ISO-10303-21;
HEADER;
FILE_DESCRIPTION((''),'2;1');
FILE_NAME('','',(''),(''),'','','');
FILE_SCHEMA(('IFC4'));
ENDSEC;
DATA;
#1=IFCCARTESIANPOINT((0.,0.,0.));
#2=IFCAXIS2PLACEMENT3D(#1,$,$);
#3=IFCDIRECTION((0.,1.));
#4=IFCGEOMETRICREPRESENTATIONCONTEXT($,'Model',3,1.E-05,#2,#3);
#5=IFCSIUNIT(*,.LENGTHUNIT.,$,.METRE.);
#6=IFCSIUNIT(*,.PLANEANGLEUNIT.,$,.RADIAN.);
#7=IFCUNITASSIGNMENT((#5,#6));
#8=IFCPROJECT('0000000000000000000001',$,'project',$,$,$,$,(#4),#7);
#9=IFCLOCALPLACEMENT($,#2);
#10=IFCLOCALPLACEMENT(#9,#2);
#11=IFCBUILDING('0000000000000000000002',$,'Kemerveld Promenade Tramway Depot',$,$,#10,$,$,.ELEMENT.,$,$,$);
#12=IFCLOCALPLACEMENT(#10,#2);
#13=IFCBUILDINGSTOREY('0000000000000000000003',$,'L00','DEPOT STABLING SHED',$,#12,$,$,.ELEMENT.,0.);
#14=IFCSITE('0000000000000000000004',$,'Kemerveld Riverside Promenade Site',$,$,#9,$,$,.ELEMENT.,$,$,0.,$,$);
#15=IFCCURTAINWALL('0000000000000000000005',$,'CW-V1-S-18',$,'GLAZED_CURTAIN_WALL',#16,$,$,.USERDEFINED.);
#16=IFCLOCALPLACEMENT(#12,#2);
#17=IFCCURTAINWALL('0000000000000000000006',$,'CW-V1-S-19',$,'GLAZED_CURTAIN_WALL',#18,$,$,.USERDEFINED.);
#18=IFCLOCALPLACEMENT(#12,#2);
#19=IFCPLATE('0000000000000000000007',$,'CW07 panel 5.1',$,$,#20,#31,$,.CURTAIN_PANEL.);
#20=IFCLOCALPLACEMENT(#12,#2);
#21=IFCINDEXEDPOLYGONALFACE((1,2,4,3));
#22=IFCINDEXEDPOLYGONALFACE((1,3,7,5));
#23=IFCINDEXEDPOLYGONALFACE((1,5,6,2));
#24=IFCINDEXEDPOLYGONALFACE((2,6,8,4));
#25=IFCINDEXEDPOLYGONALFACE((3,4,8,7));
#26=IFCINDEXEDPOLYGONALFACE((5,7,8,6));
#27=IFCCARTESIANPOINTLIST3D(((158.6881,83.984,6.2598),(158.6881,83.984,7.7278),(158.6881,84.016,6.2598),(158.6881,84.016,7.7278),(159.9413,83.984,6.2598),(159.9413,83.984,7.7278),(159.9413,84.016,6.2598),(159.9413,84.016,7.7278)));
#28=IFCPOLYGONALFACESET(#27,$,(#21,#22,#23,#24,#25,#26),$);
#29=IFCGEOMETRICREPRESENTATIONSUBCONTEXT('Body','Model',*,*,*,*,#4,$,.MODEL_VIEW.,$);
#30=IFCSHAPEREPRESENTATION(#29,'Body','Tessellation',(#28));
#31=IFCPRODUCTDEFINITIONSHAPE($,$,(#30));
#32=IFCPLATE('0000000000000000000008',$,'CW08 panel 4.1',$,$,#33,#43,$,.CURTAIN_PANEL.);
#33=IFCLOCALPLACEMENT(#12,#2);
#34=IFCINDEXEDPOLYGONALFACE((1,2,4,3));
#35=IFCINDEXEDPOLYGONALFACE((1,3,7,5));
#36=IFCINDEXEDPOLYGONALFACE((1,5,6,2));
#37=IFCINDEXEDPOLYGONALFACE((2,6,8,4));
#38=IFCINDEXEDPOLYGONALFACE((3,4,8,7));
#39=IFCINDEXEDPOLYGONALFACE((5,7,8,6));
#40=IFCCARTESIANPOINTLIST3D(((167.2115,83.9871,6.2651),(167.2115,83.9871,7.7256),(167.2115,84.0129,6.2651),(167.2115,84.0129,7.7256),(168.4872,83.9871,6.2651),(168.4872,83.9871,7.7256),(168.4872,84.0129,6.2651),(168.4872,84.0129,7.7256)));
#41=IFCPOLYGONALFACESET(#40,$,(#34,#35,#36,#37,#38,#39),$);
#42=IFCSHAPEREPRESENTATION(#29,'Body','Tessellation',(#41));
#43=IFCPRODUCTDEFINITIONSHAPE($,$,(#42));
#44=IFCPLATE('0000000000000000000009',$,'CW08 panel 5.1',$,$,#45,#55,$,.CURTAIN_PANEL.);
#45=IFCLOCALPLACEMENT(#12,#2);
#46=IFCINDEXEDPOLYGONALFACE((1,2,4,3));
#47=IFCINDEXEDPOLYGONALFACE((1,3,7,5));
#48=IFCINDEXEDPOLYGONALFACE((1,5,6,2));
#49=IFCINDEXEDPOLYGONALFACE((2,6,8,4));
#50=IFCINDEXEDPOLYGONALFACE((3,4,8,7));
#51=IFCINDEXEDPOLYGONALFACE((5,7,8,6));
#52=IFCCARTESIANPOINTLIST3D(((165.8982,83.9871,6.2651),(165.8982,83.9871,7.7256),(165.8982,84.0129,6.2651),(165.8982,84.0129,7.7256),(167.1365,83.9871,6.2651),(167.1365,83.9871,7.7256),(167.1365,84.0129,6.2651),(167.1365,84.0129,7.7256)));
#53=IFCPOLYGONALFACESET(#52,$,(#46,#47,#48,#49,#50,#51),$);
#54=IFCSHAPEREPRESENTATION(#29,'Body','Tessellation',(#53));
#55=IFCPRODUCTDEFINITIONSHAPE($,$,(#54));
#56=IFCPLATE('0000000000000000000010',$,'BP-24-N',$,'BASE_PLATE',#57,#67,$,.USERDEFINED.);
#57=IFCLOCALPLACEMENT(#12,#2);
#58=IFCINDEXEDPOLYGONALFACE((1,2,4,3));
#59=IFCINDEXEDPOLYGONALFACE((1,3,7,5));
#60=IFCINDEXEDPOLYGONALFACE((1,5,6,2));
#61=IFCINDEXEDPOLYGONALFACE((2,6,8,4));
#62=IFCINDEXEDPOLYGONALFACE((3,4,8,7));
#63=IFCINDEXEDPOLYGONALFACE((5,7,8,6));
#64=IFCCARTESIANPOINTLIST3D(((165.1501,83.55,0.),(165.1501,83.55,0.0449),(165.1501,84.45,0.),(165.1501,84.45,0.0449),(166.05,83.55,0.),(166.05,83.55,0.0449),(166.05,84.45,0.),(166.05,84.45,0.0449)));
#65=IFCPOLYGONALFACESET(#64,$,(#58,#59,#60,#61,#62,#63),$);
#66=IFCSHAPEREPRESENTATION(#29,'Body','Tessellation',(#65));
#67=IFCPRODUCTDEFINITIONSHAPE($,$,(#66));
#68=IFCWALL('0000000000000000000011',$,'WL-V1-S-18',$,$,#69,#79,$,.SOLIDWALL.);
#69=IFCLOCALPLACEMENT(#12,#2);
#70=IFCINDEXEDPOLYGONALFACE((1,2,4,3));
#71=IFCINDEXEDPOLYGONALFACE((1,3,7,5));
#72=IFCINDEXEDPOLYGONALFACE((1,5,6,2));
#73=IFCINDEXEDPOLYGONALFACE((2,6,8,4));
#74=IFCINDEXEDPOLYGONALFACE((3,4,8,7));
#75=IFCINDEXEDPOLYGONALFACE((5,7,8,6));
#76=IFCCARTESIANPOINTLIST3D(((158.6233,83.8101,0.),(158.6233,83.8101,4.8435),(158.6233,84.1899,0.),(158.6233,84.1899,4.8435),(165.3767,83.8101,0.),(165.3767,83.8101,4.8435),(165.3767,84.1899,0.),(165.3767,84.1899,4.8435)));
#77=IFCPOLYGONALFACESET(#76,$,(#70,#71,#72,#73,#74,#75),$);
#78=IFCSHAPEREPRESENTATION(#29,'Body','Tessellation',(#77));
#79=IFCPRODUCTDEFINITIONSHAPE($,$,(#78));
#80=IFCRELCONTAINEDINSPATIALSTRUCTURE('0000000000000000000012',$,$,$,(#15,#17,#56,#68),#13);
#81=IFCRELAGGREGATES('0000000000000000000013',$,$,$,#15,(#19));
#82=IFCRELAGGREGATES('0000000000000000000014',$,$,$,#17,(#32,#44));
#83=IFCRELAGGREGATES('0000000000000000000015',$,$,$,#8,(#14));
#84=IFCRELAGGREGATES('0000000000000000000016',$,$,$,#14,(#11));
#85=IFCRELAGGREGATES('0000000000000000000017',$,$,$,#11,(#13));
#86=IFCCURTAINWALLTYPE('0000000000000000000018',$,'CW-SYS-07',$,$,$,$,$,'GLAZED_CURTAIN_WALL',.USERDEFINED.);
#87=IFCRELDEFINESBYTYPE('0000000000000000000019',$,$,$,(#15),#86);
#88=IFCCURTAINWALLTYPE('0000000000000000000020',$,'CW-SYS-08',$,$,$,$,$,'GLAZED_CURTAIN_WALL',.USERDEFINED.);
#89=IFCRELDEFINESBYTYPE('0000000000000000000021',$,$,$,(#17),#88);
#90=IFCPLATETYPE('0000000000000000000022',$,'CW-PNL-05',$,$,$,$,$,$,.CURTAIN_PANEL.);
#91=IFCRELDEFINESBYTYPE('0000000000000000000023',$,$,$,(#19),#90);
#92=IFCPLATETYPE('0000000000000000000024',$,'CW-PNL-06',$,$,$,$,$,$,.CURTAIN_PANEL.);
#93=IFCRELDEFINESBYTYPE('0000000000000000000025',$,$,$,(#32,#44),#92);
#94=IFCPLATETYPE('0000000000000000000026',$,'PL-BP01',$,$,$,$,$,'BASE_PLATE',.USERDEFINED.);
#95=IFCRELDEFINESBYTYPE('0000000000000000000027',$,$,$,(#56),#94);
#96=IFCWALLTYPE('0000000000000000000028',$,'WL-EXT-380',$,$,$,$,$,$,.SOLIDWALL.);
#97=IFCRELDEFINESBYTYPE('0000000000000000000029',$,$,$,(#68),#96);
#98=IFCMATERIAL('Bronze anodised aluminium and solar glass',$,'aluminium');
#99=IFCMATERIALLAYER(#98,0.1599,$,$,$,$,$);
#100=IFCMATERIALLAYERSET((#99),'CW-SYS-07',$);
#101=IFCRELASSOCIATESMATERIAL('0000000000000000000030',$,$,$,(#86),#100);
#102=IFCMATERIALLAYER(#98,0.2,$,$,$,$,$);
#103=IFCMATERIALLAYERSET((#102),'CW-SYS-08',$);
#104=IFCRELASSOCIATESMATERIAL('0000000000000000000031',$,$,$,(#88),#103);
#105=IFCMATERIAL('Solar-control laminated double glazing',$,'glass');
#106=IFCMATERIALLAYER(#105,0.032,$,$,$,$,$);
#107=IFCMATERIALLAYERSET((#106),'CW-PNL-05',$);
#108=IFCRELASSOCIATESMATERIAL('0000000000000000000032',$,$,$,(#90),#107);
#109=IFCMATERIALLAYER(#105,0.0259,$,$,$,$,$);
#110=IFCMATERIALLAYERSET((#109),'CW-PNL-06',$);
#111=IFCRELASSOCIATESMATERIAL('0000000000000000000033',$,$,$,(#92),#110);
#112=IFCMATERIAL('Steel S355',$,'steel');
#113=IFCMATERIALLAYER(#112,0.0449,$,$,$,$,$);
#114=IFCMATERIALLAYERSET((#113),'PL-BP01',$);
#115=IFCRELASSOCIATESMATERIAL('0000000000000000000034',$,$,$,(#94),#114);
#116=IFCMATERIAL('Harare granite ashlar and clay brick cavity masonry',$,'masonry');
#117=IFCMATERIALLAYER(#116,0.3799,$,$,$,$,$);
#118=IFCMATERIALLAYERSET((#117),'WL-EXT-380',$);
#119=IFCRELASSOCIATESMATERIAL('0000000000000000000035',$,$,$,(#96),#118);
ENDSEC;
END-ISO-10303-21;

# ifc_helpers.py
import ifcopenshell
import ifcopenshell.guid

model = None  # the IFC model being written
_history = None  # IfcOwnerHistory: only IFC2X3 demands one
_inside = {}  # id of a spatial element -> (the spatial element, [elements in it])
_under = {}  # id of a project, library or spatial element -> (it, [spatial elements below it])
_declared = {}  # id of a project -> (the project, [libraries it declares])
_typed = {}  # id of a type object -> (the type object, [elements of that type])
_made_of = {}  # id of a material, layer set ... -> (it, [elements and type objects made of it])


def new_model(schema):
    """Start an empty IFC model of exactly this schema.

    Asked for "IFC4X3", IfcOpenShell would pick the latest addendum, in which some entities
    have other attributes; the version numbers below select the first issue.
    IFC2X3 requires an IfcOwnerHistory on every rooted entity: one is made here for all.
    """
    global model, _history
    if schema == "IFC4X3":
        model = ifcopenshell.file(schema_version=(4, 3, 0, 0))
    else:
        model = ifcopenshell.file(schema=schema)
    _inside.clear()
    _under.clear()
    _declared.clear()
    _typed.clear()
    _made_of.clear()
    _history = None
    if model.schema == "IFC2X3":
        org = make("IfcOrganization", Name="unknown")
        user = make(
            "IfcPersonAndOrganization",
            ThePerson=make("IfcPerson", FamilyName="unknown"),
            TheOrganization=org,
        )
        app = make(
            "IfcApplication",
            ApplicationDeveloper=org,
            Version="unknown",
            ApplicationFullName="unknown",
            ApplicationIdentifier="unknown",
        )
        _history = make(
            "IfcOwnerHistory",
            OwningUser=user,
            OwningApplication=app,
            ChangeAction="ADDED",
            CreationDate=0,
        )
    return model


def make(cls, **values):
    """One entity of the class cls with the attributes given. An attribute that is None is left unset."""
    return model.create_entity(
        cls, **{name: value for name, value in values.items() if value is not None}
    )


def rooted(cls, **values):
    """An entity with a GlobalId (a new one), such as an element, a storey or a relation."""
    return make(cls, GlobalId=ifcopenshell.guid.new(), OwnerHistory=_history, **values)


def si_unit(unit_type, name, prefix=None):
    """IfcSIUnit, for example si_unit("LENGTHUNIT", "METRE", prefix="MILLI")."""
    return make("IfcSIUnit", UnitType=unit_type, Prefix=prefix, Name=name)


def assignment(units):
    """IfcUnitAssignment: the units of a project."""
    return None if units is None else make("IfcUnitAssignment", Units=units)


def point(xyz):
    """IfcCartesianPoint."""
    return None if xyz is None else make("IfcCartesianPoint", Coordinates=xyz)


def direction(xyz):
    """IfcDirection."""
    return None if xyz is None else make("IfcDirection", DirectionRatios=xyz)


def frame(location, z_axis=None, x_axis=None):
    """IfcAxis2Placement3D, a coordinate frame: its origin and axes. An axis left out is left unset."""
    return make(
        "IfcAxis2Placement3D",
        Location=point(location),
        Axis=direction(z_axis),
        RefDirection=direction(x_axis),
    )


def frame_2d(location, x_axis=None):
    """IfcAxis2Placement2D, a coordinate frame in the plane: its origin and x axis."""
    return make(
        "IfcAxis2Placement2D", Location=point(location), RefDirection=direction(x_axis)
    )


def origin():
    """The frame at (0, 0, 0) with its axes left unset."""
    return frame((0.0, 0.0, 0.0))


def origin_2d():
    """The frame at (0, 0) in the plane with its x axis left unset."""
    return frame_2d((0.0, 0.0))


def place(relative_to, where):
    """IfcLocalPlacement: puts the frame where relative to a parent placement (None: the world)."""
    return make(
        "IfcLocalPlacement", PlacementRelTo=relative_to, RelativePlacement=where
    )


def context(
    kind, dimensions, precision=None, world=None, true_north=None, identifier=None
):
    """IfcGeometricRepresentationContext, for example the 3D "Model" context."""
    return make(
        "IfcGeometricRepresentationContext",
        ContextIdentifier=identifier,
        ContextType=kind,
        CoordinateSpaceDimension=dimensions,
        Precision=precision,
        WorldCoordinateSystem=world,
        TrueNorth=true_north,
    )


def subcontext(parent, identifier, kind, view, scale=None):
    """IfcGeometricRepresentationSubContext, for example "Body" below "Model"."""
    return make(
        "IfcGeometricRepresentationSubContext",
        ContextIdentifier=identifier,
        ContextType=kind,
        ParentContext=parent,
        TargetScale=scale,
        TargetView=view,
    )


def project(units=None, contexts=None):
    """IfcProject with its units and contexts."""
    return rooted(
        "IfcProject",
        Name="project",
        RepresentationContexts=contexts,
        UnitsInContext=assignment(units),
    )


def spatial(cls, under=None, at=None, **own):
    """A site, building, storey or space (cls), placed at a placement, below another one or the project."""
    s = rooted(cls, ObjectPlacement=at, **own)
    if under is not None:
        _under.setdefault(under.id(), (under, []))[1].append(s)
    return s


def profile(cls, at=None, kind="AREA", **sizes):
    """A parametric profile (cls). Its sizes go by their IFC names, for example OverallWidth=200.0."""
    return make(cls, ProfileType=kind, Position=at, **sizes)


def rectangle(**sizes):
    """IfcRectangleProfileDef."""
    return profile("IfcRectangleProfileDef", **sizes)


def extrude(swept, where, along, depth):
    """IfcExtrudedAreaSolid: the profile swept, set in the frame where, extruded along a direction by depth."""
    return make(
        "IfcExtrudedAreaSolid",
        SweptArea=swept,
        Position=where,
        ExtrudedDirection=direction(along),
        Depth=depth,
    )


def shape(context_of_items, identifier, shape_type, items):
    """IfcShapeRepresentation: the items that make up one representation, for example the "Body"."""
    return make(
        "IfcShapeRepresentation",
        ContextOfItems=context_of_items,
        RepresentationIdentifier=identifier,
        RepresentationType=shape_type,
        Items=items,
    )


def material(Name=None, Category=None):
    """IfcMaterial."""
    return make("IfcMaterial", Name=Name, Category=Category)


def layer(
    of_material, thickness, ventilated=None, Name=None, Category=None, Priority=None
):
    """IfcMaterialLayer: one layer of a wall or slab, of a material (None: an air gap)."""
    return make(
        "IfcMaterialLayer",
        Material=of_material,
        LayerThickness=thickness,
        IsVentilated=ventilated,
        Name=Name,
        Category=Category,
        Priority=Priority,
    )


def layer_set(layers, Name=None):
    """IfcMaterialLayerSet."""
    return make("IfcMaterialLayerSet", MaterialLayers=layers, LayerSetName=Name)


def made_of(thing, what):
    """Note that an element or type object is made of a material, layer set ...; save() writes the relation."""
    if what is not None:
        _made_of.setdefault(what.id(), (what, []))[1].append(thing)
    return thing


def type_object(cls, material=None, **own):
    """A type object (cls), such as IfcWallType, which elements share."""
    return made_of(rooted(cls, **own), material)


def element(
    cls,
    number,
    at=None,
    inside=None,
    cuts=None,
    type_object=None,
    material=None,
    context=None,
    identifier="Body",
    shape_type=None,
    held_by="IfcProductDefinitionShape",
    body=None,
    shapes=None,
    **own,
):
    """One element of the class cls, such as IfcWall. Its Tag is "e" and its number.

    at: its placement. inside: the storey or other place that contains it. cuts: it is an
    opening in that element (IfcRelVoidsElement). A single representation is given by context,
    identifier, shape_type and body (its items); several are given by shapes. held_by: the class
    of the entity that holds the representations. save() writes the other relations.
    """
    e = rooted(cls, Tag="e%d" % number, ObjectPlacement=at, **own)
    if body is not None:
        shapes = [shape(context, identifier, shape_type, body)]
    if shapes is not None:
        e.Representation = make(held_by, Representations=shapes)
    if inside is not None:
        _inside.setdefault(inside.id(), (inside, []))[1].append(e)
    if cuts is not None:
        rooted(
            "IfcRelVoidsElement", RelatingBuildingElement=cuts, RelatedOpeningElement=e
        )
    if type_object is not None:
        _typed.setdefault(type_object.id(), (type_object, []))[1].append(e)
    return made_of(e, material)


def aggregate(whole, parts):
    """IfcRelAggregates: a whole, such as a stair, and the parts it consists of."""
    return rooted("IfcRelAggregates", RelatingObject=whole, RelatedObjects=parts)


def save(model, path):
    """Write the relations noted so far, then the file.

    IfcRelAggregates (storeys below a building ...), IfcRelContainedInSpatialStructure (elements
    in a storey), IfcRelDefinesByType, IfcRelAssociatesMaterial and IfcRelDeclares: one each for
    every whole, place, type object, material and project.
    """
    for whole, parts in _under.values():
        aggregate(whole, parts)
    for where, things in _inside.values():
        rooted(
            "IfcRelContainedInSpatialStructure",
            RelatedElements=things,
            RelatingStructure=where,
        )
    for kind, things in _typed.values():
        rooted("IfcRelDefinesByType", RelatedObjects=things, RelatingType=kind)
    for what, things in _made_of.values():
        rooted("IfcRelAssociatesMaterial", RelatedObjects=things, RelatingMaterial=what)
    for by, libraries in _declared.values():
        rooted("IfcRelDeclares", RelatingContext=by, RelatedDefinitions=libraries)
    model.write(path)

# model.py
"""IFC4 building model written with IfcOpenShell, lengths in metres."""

from ifc_helpers import new_model, si_unit, direction, frame, frame_2d, origin, origin_2d, place, context, subcontext, project, spatial, rectangle, extrude, material, layer, layer_set, type_object, element, aggregate, save


model = new_model("IFC4")

# Units and contexts
model_context = context("Model", 3, precision=1e-05, world=origin(), true_north=direction((0.0, 1.0)))
body_context = subcontext(model_context, "Body", "Model", "MODEL_VIEW")
ifc_project = project(units=[si_unit("LENGTHUNIT", "METRE"), si_unit("PLANEANGLEUNIT", "RADIAN")], contexts=[model_context])

# Site, building, storey
site_placement = place(None, origin())
site = spatial("IfcSite", under=ifc_project, at=site_placement, Name="Kemerveld Riverside Promenade Site", CompositionType="ELEMENT", RefElevation=0.0)
building_placement = place(site_placement, origin())
building = spatial("IfcBuilding", under=site, at=building_placement, Name="Kemerveld Promenade Tramway Depot", CompositionType="ELEMENT")
storey_placement = place(building_placement, origin())
storey = spatial("IfcBuildingStorey", under=building, at=storey_placement, Name="L00", Description="DEPOT STABLING SHED", CompositionType="ELEMENT", Elevation=0.0)

# Shared definitions
ifc_material_1 = material(Name="Steel S355", Category="steel")

# Curtain wall
ifc_material_2 = material(Name="Bronze anodised aluminium and solar glass", Category="aluminium")
ifc_layer_1 = layer(ifc_material_2, 0.1599)
ifc_layer_set_1 = layer_set([ifc_layer_1], Name="CW-SYS-07")
curtain_wall_type_1 = type_object("IfcCurtainWallType", Name="CW-SYS-07", ElementType="GLAZED_CURTAIN_WALL", PredefinedType="USERDEFINED", material=ifc_layer_set_1)
curtain_wall_1_placement = place(storey_placement, origin())
curtain_wall_1 = element("IfcCurtainWall", 1, at=curtain_wall_1_placement, inside=storey, type_object=curtain_wall_type_1, Name="CW-V1-S-18", ObjectType="GLAZED_CURTAIN_WALL", PredefinedType="USERDEFINED")

# Curtain wall
ifc_layer_2 = layer(ifc_material_2, 0.2)
ifc_layer_set_2 = layer_set([ifc_layer_2], Name="CW-SYS-08")
curtain_wall_type_2 = type_object("IfcCurtainWallType", Name="CW-SYS-08", ElementType="GLAZED_CURTAIN_WALL", PredefinedType="USERDEFINED", material=ifc_layer_set_2)
curtain_wall_2_placement = place(storey_placement, origin())
curtain_wall_2 = element("IfcCurtainWall", 2, at=curtain_wall_2_placement, inside=storey, type_object=curtain_wall_type_2, Name="CW-V1-S-19", ObjectType="GLAZED_CURTAIN_WALL", PredefinedType="USERDEFINED")

# Plates
ifc_material_3 = material(Name="Solar-control laminated double glazing", Category="glass")
ifc_layer_3 = layer(ifc_material_3, 0.032)
ifc_layer_set_3 = layer_set([ifc_layer_3], Name="CW-PNL-05")
plate_type_1 = type_object("IfcPlateType", Name="CW-PNL-05", PredefinedType="CURTAIN_PANEL", material=ifc_layer_set_3)
plate_1_placement = place(storey_placement, frame((159.3147, 84.0, 6.2598), z_axis=(0.0, 0.0, 1.0), x_axis=(-1.0, 0.0, 0.0)))
plate_1 = element("IfcPlate", 3, at=plate_1_placement, type_object=plate_type_1, Name="CW07 panel 5.1", PredefinedType="CURTAIN_PANEL", context=body_context, shape_type="SweptSolid", body=[
    extrude(rectangle(XDim=1.2532, YDim=0.032, at=origin_2d()), origin(), (0.0, 0.0, 1.0), 1.468),
])
aggregate(curtain_wall_1, [plate_1])
ifc_layer_4 = layer(ifc_material_3, 0.0259)
ifc_layer_set_4 = layer_set([ifc_layer_4], Name="CW-PNL-06")
plate_type_2 = type_object("IfcPlateType", Name="CW-PNL-06", PredefinedType="CURTAIN_PANEL", material=ifc_layer_set_4)
plate_2_placement = place(storey_placement, frame((167.8494, 84.0, 6.2651), z_axis=(0.0, 0.0, 1.0), x_axis=(-1.0, 0.0, 0.0)))
plate_2 = element("IfcPlate", 4, at=plate_2_placement, type_object=plate_type_2, Name="CW08 panel 4.1", PredefinedType="CURTAIN_PANEL", context=body_context, shape_type="SweptSolid", body=[
    extrude(rectangle(XDim=1.2756, YDim=0.0259, at=origin_2d()), origin(), (0.0, 0.0, 1.0), 1.4604),
])
plate_3_placement = place(storey_placement, frame((166.5173, 84.0, 6.2651), z_axis=(0.0, 0.0, 1.0), x_axis=(-1.0, 0.0, 0.0)))
plate_3 = element("IfcPlate", 5, at=plate_3_placement, type_object=plate_type_2, Name="CW08 panel 5.1", PredefinedType="CURTAIN_PANEL", context=body_context, shape_type="SweptSolid", body=[
    extrude(rectangle(XDim=1.2383, YDim=0.0259, at=origin_2d()), origin(), (0.0, 0.0, 1.0), 1.4604),
])
aggregate(curtain_wall_2, [plate_2, plate_3])
ifc_layer_5 = layer(ifc_material_1, 0.0449)
ifc_layer_set_5 = layer_set([ifc_layer_5], Name="PL-BP01")
plate_type_3 = type_object("IfcPlateType", Name="PL-BP01", ElementType="BASE_PLATE", PredefinedType="USERDEFINED", material=ifc_layer_set_5)
plate_4_placement = place(storey_placement, frame((165.6001, 84.0, 0.0), z_axis=(0.0, 0.0, 1.0), x_axis=(1.0, 0.0, 0.0)))
element("IfcPlate", 6, at=plate_4_placement, inside=storey, type_object=plate_type_3, Name="BP-24-N", ObjectType="BASE_PLATE", PredefinedType="USERDEFINED", context=body_context, shape_type="SweptSolid", body=[
    extrude(rectangle(XDim=0.8999, YDim=0.8999, at=origin_2d()), origin(), (0.0, 0.0, 1.0), 0.0449),
])

# Shared definitions
ifc_material_4 = material(Name="Harare granite ashlar and clay brick cavity masonry", Category="masonry")
ifc_layer_6 = layer(ifc_material_4, 0.3799)
ifc_layer_set_6 = layer_set([ifc_layer_6], Name="WL-EXT-380")
wall_type = type_object("IfcWallType", Name="WL-EXT-380", PredefinedType="SOLIDWALL", material=ifc_layer_set_6)

# Wall
wall_1_placement = place(storey_placement, frame((165.3767, 84.0, 0.0), z_axis=(0.0, 0.0, 1.0), x_axis=(-1.0, 0.0, 0.0)))
element("IfcWall", 7, at=wall_1_placement, inside=storey, type_object=wall_type, Name="WL-V1-S-18", PredefinedType="SOLIDWALL", context=body_context, shape_type="SweptSolid", body=[
    extrude(rectangle(XDim=6.7534, YDim=0.3799, at=frame_2d((3.3767, 0.0))), origin(), (0.0, 0.0, 1.0), 4.8435),
])

save(model, "model.ifc")
